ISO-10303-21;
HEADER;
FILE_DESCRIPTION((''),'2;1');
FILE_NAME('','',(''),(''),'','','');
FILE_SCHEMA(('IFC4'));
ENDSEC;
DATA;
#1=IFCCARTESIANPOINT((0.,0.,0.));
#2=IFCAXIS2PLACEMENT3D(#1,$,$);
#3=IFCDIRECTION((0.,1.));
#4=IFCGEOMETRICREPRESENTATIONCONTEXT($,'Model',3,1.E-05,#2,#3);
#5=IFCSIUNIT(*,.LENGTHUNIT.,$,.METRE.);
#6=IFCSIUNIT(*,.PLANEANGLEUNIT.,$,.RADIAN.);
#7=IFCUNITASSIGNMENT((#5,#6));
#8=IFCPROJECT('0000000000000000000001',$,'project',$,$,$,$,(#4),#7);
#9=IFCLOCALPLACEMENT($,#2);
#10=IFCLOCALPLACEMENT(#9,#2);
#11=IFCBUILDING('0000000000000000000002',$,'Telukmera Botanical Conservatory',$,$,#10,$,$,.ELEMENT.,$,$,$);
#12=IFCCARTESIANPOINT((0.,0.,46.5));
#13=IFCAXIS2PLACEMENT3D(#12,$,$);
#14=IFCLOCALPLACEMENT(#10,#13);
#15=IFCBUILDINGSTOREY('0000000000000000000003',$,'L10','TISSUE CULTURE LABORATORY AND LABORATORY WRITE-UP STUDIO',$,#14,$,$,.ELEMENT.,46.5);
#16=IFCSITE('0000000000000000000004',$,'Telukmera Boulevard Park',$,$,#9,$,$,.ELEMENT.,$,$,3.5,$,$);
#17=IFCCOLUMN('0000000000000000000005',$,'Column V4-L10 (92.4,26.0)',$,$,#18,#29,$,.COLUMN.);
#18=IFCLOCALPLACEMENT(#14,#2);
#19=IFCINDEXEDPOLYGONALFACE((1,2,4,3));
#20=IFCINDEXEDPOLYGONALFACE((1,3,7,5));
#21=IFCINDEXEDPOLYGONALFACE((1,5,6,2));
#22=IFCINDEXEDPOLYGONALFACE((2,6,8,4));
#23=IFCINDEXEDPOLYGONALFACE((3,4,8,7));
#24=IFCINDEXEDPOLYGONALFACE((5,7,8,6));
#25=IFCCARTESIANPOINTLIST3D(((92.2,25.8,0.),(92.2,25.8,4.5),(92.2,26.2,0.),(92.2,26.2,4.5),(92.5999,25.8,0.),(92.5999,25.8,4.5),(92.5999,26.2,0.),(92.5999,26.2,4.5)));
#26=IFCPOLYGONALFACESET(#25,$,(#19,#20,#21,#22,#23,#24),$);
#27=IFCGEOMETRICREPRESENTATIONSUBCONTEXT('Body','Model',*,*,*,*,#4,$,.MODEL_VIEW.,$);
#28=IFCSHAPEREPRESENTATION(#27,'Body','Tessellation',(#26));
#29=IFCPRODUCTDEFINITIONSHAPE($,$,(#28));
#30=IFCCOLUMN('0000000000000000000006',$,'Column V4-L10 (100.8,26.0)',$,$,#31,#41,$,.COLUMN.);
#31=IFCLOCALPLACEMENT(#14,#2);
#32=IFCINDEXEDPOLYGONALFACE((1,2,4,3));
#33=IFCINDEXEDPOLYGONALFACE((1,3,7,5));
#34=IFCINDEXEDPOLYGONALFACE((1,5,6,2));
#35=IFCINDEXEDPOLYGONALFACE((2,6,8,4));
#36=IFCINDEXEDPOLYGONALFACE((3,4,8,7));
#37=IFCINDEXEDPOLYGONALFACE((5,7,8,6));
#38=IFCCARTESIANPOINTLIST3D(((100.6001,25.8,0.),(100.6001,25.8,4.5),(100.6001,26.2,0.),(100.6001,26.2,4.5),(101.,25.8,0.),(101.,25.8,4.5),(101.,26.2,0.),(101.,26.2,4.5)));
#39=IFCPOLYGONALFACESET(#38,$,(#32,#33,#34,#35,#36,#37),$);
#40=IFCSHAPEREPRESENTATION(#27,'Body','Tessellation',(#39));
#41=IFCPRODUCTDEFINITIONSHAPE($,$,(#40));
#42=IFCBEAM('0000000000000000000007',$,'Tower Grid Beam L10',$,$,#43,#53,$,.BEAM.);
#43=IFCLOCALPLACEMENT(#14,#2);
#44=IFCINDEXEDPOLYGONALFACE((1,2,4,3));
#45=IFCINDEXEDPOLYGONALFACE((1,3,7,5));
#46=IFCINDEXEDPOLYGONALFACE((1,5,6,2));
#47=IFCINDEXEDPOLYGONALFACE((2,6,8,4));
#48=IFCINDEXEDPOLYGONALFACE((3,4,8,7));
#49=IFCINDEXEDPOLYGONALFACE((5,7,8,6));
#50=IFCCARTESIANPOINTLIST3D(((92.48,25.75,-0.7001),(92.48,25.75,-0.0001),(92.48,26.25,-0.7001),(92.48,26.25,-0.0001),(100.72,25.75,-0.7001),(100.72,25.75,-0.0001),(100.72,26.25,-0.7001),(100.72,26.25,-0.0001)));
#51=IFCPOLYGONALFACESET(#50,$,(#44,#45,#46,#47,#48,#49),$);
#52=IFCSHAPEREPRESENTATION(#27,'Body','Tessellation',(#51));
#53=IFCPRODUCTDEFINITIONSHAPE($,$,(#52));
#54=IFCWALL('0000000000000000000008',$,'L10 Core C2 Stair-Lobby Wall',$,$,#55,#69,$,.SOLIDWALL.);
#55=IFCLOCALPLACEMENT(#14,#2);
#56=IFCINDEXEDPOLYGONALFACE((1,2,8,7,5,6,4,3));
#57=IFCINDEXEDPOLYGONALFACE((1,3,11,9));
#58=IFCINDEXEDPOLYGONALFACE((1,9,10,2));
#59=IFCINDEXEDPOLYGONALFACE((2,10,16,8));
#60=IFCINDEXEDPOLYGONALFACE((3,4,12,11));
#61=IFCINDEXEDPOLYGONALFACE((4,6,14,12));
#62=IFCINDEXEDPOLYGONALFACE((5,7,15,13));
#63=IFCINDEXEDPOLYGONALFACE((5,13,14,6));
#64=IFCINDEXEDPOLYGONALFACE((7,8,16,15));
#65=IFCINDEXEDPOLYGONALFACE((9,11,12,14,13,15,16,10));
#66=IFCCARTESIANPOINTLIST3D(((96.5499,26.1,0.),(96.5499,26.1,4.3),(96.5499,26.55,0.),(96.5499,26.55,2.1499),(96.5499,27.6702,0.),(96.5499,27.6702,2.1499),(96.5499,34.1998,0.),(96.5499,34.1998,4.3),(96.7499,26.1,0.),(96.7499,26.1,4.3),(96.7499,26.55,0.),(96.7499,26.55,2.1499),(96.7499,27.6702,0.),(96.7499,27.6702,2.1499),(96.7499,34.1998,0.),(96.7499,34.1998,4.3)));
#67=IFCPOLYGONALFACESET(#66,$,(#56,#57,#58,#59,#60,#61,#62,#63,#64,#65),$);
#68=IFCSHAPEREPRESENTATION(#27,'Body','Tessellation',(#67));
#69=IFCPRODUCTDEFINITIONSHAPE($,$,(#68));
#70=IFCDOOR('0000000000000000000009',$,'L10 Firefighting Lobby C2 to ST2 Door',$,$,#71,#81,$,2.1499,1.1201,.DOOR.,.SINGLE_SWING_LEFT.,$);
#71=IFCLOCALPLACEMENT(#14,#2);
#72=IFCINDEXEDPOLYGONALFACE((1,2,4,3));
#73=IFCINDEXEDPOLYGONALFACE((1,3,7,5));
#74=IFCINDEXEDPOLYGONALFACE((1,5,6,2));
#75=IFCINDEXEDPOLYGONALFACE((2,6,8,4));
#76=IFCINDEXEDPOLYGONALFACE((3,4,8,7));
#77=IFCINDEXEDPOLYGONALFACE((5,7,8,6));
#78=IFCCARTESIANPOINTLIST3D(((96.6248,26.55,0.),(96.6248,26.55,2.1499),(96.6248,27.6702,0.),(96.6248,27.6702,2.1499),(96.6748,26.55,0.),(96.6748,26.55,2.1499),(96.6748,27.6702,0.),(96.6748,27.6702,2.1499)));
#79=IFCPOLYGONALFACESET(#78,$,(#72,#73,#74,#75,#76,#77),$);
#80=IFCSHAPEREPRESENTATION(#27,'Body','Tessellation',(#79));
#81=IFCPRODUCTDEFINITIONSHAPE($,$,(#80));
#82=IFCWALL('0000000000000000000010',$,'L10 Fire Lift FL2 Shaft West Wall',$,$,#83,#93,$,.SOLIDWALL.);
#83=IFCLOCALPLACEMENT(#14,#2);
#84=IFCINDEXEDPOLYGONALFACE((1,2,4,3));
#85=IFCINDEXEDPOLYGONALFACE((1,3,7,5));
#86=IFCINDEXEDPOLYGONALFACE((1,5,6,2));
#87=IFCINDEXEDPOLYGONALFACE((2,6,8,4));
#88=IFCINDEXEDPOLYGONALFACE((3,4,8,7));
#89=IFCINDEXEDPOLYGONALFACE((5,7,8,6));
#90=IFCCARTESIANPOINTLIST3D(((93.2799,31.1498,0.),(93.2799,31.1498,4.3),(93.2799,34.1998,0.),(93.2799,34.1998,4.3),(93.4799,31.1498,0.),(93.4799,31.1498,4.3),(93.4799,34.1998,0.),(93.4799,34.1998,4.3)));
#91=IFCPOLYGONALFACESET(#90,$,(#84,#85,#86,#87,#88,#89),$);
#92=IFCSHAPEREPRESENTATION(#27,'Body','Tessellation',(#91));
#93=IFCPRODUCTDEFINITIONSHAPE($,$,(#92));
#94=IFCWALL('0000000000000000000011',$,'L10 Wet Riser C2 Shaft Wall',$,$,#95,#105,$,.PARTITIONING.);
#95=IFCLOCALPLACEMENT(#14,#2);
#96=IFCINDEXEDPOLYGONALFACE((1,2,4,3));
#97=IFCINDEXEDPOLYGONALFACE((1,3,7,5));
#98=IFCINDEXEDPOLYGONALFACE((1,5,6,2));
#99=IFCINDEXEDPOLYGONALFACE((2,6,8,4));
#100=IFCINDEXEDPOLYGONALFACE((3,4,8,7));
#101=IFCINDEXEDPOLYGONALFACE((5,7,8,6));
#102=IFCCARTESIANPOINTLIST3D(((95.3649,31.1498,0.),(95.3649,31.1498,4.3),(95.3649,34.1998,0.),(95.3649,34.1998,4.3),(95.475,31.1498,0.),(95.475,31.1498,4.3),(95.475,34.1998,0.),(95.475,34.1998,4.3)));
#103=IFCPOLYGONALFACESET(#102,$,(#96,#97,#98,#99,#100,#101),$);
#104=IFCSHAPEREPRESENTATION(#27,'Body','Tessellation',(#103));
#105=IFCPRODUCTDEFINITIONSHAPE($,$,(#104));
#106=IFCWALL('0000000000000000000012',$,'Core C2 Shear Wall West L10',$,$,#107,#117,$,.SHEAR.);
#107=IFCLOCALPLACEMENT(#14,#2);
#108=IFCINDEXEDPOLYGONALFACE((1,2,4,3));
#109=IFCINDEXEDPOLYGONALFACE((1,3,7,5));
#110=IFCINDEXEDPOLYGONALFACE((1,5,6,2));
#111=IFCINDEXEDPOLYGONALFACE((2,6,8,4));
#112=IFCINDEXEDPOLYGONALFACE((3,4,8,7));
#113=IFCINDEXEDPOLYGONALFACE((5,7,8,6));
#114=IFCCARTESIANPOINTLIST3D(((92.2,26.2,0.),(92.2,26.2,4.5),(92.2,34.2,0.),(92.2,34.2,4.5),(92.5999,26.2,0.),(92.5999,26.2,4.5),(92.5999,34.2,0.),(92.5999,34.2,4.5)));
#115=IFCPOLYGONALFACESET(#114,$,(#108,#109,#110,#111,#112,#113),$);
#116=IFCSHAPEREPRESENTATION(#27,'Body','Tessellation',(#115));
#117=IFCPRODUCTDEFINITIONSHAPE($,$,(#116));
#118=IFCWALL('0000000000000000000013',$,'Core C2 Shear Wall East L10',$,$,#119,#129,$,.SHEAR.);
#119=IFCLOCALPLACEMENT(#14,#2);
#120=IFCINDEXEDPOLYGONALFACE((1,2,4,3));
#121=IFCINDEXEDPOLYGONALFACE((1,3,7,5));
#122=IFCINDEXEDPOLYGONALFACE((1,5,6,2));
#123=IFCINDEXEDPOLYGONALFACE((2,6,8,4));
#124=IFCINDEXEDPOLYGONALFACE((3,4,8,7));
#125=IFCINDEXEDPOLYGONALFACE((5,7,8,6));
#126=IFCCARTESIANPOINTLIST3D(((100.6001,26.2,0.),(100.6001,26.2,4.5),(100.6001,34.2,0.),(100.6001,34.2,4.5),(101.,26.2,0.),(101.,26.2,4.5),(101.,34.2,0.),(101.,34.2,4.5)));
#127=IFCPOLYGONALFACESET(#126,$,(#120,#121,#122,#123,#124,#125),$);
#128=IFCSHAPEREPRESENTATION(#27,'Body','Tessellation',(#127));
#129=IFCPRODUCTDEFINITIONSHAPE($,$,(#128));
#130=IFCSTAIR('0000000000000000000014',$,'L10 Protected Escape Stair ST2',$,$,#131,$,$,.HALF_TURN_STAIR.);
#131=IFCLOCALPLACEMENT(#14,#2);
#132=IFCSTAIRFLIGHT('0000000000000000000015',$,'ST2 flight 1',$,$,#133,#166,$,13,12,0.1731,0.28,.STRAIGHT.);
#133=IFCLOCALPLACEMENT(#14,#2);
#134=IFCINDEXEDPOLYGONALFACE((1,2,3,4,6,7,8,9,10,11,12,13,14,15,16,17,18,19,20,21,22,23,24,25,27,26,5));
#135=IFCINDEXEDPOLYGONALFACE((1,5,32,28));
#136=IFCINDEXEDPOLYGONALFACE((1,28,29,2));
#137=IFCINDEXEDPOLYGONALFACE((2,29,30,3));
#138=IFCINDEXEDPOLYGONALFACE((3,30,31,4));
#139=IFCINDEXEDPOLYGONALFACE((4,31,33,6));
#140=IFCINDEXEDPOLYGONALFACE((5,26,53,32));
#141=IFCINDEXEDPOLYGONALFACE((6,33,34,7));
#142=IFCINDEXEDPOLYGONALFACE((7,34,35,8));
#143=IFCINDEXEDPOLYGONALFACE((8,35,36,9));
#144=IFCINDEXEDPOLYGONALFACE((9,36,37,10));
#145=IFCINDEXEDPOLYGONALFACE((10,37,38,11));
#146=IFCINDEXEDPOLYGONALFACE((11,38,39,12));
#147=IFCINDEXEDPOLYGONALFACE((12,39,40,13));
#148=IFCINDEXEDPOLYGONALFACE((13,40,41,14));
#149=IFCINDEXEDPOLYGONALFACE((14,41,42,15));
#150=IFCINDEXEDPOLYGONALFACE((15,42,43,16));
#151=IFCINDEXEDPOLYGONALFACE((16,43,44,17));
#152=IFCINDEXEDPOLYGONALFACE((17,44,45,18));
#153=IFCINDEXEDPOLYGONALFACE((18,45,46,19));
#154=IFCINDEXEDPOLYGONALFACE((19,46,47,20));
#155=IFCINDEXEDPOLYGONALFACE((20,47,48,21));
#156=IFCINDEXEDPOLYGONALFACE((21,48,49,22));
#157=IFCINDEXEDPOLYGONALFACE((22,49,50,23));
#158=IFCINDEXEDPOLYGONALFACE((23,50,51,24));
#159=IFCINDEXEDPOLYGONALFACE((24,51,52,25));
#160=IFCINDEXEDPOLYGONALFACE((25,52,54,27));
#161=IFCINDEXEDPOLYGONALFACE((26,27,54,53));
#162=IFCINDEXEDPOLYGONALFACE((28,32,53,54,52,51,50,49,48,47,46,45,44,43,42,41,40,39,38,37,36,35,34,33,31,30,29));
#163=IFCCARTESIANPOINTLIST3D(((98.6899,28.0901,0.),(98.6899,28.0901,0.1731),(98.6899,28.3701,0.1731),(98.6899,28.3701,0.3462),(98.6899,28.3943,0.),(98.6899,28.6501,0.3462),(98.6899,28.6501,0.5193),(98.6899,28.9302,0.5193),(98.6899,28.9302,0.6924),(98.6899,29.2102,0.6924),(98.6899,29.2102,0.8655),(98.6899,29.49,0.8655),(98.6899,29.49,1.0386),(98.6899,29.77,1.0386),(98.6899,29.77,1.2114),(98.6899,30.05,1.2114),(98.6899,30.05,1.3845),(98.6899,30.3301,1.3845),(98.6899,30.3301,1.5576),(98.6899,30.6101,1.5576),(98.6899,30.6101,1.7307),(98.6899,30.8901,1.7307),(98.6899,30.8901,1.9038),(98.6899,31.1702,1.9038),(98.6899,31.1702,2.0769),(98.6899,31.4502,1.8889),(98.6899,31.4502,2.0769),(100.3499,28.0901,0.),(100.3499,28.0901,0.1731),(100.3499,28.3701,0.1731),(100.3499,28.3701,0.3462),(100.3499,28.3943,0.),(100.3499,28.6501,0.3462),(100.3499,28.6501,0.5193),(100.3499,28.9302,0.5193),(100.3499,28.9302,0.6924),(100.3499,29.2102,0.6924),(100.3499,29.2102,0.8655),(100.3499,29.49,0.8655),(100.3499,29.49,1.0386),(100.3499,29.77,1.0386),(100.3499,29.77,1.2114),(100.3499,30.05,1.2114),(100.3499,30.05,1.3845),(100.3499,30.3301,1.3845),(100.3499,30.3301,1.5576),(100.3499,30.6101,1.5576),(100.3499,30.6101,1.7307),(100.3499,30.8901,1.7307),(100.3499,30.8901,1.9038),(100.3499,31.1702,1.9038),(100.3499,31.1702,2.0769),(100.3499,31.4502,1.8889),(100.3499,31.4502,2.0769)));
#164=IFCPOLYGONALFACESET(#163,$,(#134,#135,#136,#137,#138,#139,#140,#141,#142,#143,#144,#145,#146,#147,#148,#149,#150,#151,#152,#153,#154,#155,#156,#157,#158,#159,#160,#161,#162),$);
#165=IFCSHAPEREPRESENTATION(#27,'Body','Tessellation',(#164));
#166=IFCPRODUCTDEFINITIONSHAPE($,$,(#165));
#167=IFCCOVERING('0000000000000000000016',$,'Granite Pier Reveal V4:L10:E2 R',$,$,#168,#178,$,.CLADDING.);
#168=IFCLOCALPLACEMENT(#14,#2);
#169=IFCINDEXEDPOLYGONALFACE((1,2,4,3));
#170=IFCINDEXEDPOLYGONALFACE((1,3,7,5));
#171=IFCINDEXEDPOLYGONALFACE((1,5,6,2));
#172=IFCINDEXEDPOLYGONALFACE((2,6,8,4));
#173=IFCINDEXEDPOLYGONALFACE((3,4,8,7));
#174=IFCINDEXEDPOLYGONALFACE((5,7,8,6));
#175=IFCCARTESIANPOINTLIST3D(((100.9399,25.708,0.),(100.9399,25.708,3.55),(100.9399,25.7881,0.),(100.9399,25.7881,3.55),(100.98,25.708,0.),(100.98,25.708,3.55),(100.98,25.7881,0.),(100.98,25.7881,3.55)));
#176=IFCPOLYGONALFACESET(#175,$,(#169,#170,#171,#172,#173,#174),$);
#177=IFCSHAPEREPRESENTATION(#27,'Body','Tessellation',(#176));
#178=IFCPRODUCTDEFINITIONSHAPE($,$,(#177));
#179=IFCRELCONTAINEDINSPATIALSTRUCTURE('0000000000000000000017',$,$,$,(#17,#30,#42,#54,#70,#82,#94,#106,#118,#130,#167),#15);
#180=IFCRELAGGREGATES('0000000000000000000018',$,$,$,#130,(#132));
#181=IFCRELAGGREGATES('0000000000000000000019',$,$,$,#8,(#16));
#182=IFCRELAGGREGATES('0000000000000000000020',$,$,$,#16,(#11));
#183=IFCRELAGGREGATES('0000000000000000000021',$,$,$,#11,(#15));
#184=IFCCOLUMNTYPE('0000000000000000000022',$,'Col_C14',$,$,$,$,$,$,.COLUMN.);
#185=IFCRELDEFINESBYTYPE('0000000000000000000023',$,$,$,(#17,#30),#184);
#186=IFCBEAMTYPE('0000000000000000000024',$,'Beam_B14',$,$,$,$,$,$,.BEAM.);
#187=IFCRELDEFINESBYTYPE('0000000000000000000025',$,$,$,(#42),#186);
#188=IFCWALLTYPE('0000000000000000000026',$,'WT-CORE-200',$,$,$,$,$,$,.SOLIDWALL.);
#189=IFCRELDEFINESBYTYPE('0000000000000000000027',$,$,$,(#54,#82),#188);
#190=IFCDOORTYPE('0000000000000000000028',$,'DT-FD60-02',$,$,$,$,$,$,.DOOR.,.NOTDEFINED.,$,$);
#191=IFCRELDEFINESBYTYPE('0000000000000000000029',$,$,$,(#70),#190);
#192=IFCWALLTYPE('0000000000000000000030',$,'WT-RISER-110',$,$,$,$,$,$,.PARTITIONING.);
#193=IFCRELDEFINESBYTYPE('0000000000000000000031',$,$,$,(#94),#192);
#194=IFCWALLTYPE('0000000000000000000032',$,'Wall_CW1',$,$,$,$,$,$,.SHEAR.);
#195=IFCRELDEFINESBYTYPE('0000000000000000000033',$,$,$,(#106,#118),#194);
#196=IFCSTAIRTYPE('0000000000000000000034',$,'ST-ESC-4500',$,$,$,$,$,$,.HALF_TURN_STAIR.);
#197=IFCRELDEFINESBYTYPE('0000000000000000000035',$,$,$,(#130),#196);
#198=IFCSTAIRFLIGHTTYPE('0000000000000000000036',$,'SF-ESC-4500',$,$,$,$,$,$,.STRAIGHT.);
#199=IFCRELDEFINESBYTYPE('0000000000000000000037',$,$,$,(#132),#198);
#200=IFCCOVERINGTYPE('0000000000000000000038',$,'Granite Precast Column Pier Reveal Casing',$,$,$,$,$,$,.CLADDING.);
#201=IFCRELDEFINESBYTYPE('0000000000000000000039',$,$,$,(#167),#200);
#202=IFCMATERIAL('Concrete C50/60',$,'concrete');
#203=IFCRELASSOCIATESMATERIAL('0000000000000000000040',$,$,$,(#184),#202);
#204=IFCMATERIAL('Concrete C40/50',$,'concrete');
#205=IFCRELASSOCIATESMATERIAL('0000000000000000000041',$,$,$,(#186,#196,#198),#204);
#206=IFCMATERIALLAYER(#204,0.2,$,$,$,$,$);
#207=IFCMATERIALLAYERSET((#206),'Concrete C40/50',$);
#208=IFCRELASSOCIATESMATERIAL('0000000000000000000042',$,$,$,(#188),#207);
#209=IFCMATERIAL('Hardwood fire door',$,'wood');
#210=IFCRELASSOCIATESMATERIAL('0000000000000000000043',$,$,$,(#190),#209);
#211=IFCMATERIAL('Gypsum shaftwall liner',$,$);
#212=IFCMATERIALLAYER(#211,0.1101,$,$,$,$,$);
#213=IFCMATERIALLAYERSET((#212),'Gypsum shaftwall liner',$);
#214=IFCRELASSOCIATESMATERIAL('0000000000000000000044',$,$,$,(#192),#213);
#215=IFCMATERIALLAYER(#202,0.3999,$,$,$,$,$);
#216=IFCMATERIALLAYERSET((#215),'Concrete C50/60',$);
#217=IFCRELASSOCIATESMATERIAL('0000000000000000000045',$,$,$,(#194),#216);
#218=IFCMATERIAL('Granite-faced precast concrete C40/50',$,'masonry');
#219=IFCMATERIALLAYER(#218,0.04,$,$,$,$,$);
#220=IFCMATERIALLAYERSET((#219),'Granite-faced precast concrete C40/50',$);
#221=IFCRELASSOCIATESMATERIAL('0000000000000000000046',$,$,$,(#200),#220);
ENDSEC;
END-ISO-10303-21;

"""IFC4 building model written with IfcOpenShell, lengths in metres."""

from ifc_helpers import new_model, si_unit, direction, frame, frame_2d, origin, origin_2d, place, context, subcontext, project, spatial, polyline, rectangle, outline, extrude, material, layer, layer_set, material_profile, profile_set, type_object, element, fill, aggregate, save


model = new_model("IFC4")

# Units and contexts
model_context = context("Model", 3, precision=1e-05, world=origin(), true_north=direction((0.0, 1.0)))
body_context = subcontext(model_context, "Body", "Model", "MODEL_VIEW")
ifc_project = project(units=[si_unit("LENGTHUNIT", "METRE"), si_unit("PLANEANGLEUNIT", "RADIAN")], contexts=[model_context])

# Site, building, storey
site_placement = place(None, origin())
site = spatial("IfcSite", under=ifc_project, at=site_placement, Name="Telukmera Boulevard Park", CompositionType="ELEMENT", RefElevation=3.5)
building_placement = place(site_placement, origin())
building = spatial("IfcBuilding", under=site, at=building_placement, Name="Telukmera Botanical Conservatory", CompositionType="ELEMENT")
storey_placement = place(building_placement, frame((0.0, 0.0, 46.5)))
storey = spatial("IfcBuildingStorey", under=building, at=storey_placement, Name="L10", Description="TISSUE CULTURE LABORATORY AND LABORATORY WRITE-UP STUDIO", CompositionType="ELEMENT", Elevation=46.5)

# Columns
ifc_material_1 = material(Name="Concrete C50/60", Category="concrete")
ifc_material_profile_1 = material_profile(ifc_material_1, rectangle(XDim=0.3999, YDim=0.3999, at=origin_2d()), Name="RC 400x400")
ifc_profile_set_1 = profile_set([ifc_material_profile_1], Name="Concrete C50/60")
column_type = type_object("IfcColumnType", Name="Col_C14", PredefinedType="COLUMN", material=ifc_profile_set_1)
for number, where, z_axis, x_axis, name in (
    (1, (92.3999, 26.0, 0.0), (0.0, 0.0, 1.0), (1.0, 0.0, 0.0), "Column V4-L10 (92.4,26.0)"),
    (2, (100.8, 26.0, 0.0), (0.0, 0.0, 1.0), (1.0, 0.0, 0.0), "Column V4-L10 (100.8,26.0)"),
):
    element("IfcColumn", number, at=place(storey_placement, frame(where, z_axis=z_axis, x_axis=x_axis)), inside=storey, type_object=column_type, Name=name, PredefinedType="COLUMN", context=body_context, shape_type="SweptSolid", body=[
        extrude(rectangle(XDim=0.3999, YDim=0.3999, at=origin_2d()), origin(), (0.0, 0.0, 1.0), 4.5),
    ])

# Beam
ifc_material_2 = material(Name="Concrete C40/50", Category="concrete")
ifc_material_profile_2 = material_profile(ifc_material_2, rectangle(XDim=0.5, YDim=0.7, at=origin_2d()), Name="RC 500x700")
ifc_profile_set_2 = profile_set([ifc_material_profile_2], Name="Concrete C40/50")
beam_type = type_object("IfcBeamType", Name="Beam_B14", PredefinedType="BEAM", material=ifc_profile_set_2)
beam_placement = place(storey_placement, frame((92.48, 26.0, -0.3501), z_axis=(1.0, 0.0, 0.0), x_axis=(0.0, 1.0, 0.0)))
element("IfcBeam", 3, at=beam_placement, inside=storey, type_object=beam_type, Name="Tower Grid Beam L10", PredefinedType="BEAM", context=body_context, shape_type="SweptSolid", body=[
    extrude(rectangle(XDim=0.5, YDim=0.7, at=origin_2d()), origin(), (0.0, 0.0, 1.0), 8.24),
])

# Shared definitions
ifc_layer_1 = layer(ifc_material_2, 0.2)
ifc_layer_set_1 = layer_set([ifc_layer_1], Name="Concrete C40/50")
wall_type_1 = type_object("IfcWallType", Name="WT-CORE-200", PredefinedType="SOLIDWALL", material=ifc_layer_set_1)
ifc_material_3 = material(Name="Hardwood fire door", Category="wood")

# Wall, opening, door
wall_1_placement = place(storey_placement, frame((96.6499, 26.1001, 0.0), z_axis=(0.0, 0.0, 1.0), x_axis=(0.0, 1.0, 0.0)))
wall_1 = element("IfcWall", 4, at=wall_1_placement, inside=storey, type_object=wall_type_1, Name="L10 Core C2 Stair-Lobby Wall", PredefinedType="SOLIDWALL", context=body_context, shape_type="SweptSolid", body=[
    extrude(rectangle(XDim=8.0999, YDim=0.2, at=frame_2d((4.0498, 0.0))), origin(), (0.0, 0.0, 1.0), 4.3),
])
opening_1_placement = place(wall_1_placement, frame((0.45, 0.0, 0.0)))
opening_1 = element("IfcOpeningElement", 5, at=opening_1_placement, cuts=wall_1, PredefinedType="OPENING", context=body_context, shape_type="SweptSolid", body=[
    extrude(rectangle(XDim=1.1201, YDim=2.1499, at=frame_2d((0.5601, 1.075))), frame((0.0, 0.1099, 0.0), z_axis=(0.0, -1.0, 0.0), x_axis=(1.0, 0.0, 0.0)), (0.0, 0.0, 1.0), 0.22),
])
door_type_1 = type_object("IfcDoorType", Name="DT-FD60-02", OperationType="NOTDEFINED", PredefinedType="DOOR", material=ifc_material_3)
door_1_placement = place(opening_1_placement, frame((1.1201, 0.0, 0.0), z_axis=(0.0, 0.0, 1.0), x_axis=(-1.0, 0.0, 0.0)))
door_1 = element("IfcDoor", 6, at=door_1_placement, inside=storey, type_object=door_type_1, Name="L10 Firefighting Lobby C2 to ST2 Door", OperationType="SINGLE_SWING_LEFT", OverallHeight=2.1499, OverallWidth=1.1201, PredefinedType="DOOR", context=body_context, shape_type="SweptSolid", body=[
    extrude(rectangle(XDim=1.1201, YDim=2.1499, at=frame_2d((0.5601, 1.075))), frame((0.0, 0.0249, 0.0), z_axis=(0.0, -1.0, 0.0), x_axis=(1.0, 0.0, 0.0)), (0.0, 0.0, 1.0), 0.05),
])
fill(opening_1, door_1)

# Walls
wall_2_placement = place(storey_placement, frame((93.3799, 31.1499, 0.0), z_axis=(0.0, 0.0, 1.0), x_axis=(0.0, 1.0, 0.0)))
element("IfcWall", 7, at=wall_2_placement, inside=storey, type_object=wall_type_1, Name="L10 Fire Lift FL2 Shaft West Wall", PredefinedType="SOLIDWALL", context=body_context, shape_type="SweptSolid", body=[
    extrude(rectangle(XDim=3.05, YDim=0.2, at=frame_2d((1.5249, 0.0))), origin(), (0.0, 0.0, 1.0), 4.3),
])
ifc_material_4 = material(Name="Gypsum shaftwall liner")
ifc_layer_2 = layer(ifc_material_4, 0.1101)
ifc_layer_set_2 = layer_set([ifc_layer_2], Name="Gypsum shaftwall liner")
wall_type_2 = type_object("IfcWallType", Name="WT-RISER-110", PredefinedType="PARTITIONING", material=ifc_layer_set_2)
wall_3_placement = place(storey_placement, frame((95.4199, 31.1499, 0.0), z_axis=(0.0, 0.0, 1.0), x_axis=(0.0, 1.0, 0.0)))
element("IfcWall", 8, at=wall_3_placement, inside=storey, type_object=wall_type_2, Name="L10 Wet Riser C2 Shaft Wall", PredefinedType="PARTITIONING", context=body_context, shape_type="SweptSolid", body=[
    extrude(rectangle(XDim=3.05, YDim=0.1101, at=frame_2d((1.5249, 0.0))), origin(), (0.0, 0.0, 1.0), 4.3),
])
ifc_layer_3 = layer(ifc_material_1, 0.3999)
ifc_layer_set_3 = layer_set([ifc_layer_3], Name="Concrete C50/60")
wall_type_3 = type_object("IfcWallType", Name="Wall_CW1", PredefinedType="SHEAR", material=ifc_layer_set_3)
for number, where, z_axis, x_axis, name in (
    (9, (92.3999, 26.2, 0.0), (0.0, 0.0, 1.0), (0.0, 1.0, 0.0), "Core C2 Shear Wall West L10"),
    (10, (100.8, 26.2, 0.0), (0.0, 0.0, 1.0), (0.0, 1.0, 0.0), "Core C2 Shear Wall East L10"),
):
    element("IfcWall", number, at=place(storey_placement, frame(where, z_axis=z_axis, x_axis=x_axis)), inside=storey, type_object=wall_type_3, Name=name, PredefinedType="SHEAR", context=body_context, shape_type="SweptSolid", body=[
        extrude(rectangle(XDim=8.0, YDim=0.3999, at=frame_2d((4.0, 0.0))), origin(), (0.0, 0.0, 1.0), 4.5),
    ])

# Stair, stair flight
stair_type = type_object("IfcStairType", Name="ST-ESC-4500", PredefinedType="HALF_TURN_STAIR", material=ifc_material_2)
stair_placement = place(storey_placement, origin())
stair = element("IfcStair", 11, at=stair_placement, inside=storey, type_object=stair_type, Name="L10 Protected Escape Stair ST2", PredefinedType="HALF_TURN_STAIR")
stair_flight_type = type_object("IfcStairFlightType", Name="SF-ESC-4500", PredefinedType="STRAIGHT", material=ifc_material_2)
stair_flight_placement = place(storey_placement, frame((99.52, 28.0901, 0.0), z_axis=(0.0, 0.0, 1.0), x_axis=(0.0, 1.0, 0.0)))
stair_flight = element("IfcStairFlight", 12, at=stair_flight_placement, type_object=stair_flight_type, Name="ST2 flight 1", NumberOfRisers=13, NumberOfTreads=12, PredefinedType="STRAIGHT", RiserHeight=0.1731, TreadLength=0.28, context=body_context, shape_type="SweptSolid", body=[
    extrude(outline(polyline([(0.0, 0.0), (0.0, 0.1731), (0.28, 0.1731), (0.28, 0.3462), (0.5601, 0.3462), (0.5601, 0.5193), (0.8401, 0.5193), (0.8401, 0.6924), (1.1201, 0.6924), (1.1201, 0.8655), (1.3999, 0.8655), (1.3999, 1.0386), (1.6799, 1.0386), (1.6799, 1.2114), (1.96, 1.2114), (1.96, 1.3845), (2.24, 1.3845), (2.24, 1.5576), (2.52, 1.5576), (2.52, 1.7307), (2.8, 1.7307), (2.8, 1.9038), (3.0801, 1.9038), (3.0801, 2.0769), (3.3601, 2.0769), (3.3601, 2.25), (3.3601, 1.8889), (0.3042, 0.0), (0.0, 0.0)])), frame((0.0, 0.8301, 0.0), z_axis=(0.0, -1.0, 0.0), x_axis=(1.0, 0.0, 0.0)), (0.0, 0.0, 1.0), 1.6599),
])
aggregate(stair, [stair_flight])

# Covering
ifc_material_5 = material(Name="Granite-faced precast concrete C40/50", Category="masonry")
ifc_layer_4 = layer(ifc_material_5, 0.04)
ifc_layer_set_4 = layer_set([ifc_layer_4], Name="Granite-faced precast concrete C40/50")
covering_type_1 = type_object("IfcCoveringType", Name="Granite Precast Column Pier Reveal Casing", PredefinedType="CLADDING", material=ifc_layer_set_4)
covering_1_placement = place(storey_placement, frame((100.96, 25.748, 0.0), z_axis=(0.0, 0.0, 1.0), x_axis=(0.0, 1.0, 0.0)))
element("IfcCovering", 13, at=covering_1_placement, inside=storey, type_object=covering_type_1, Name="Granite Pier Reveal V4:L10:E2 R", PredefinedType="CLADDING", context=body_context, shape_type="SweptSolid", body=[
    extrude(rectangle(XDim=0.0801, YDim=0.04, at=origin_2d()), origin(), (0.0, 0.0, 1.0), 3.55),
])

save(model, "model.ifc")
